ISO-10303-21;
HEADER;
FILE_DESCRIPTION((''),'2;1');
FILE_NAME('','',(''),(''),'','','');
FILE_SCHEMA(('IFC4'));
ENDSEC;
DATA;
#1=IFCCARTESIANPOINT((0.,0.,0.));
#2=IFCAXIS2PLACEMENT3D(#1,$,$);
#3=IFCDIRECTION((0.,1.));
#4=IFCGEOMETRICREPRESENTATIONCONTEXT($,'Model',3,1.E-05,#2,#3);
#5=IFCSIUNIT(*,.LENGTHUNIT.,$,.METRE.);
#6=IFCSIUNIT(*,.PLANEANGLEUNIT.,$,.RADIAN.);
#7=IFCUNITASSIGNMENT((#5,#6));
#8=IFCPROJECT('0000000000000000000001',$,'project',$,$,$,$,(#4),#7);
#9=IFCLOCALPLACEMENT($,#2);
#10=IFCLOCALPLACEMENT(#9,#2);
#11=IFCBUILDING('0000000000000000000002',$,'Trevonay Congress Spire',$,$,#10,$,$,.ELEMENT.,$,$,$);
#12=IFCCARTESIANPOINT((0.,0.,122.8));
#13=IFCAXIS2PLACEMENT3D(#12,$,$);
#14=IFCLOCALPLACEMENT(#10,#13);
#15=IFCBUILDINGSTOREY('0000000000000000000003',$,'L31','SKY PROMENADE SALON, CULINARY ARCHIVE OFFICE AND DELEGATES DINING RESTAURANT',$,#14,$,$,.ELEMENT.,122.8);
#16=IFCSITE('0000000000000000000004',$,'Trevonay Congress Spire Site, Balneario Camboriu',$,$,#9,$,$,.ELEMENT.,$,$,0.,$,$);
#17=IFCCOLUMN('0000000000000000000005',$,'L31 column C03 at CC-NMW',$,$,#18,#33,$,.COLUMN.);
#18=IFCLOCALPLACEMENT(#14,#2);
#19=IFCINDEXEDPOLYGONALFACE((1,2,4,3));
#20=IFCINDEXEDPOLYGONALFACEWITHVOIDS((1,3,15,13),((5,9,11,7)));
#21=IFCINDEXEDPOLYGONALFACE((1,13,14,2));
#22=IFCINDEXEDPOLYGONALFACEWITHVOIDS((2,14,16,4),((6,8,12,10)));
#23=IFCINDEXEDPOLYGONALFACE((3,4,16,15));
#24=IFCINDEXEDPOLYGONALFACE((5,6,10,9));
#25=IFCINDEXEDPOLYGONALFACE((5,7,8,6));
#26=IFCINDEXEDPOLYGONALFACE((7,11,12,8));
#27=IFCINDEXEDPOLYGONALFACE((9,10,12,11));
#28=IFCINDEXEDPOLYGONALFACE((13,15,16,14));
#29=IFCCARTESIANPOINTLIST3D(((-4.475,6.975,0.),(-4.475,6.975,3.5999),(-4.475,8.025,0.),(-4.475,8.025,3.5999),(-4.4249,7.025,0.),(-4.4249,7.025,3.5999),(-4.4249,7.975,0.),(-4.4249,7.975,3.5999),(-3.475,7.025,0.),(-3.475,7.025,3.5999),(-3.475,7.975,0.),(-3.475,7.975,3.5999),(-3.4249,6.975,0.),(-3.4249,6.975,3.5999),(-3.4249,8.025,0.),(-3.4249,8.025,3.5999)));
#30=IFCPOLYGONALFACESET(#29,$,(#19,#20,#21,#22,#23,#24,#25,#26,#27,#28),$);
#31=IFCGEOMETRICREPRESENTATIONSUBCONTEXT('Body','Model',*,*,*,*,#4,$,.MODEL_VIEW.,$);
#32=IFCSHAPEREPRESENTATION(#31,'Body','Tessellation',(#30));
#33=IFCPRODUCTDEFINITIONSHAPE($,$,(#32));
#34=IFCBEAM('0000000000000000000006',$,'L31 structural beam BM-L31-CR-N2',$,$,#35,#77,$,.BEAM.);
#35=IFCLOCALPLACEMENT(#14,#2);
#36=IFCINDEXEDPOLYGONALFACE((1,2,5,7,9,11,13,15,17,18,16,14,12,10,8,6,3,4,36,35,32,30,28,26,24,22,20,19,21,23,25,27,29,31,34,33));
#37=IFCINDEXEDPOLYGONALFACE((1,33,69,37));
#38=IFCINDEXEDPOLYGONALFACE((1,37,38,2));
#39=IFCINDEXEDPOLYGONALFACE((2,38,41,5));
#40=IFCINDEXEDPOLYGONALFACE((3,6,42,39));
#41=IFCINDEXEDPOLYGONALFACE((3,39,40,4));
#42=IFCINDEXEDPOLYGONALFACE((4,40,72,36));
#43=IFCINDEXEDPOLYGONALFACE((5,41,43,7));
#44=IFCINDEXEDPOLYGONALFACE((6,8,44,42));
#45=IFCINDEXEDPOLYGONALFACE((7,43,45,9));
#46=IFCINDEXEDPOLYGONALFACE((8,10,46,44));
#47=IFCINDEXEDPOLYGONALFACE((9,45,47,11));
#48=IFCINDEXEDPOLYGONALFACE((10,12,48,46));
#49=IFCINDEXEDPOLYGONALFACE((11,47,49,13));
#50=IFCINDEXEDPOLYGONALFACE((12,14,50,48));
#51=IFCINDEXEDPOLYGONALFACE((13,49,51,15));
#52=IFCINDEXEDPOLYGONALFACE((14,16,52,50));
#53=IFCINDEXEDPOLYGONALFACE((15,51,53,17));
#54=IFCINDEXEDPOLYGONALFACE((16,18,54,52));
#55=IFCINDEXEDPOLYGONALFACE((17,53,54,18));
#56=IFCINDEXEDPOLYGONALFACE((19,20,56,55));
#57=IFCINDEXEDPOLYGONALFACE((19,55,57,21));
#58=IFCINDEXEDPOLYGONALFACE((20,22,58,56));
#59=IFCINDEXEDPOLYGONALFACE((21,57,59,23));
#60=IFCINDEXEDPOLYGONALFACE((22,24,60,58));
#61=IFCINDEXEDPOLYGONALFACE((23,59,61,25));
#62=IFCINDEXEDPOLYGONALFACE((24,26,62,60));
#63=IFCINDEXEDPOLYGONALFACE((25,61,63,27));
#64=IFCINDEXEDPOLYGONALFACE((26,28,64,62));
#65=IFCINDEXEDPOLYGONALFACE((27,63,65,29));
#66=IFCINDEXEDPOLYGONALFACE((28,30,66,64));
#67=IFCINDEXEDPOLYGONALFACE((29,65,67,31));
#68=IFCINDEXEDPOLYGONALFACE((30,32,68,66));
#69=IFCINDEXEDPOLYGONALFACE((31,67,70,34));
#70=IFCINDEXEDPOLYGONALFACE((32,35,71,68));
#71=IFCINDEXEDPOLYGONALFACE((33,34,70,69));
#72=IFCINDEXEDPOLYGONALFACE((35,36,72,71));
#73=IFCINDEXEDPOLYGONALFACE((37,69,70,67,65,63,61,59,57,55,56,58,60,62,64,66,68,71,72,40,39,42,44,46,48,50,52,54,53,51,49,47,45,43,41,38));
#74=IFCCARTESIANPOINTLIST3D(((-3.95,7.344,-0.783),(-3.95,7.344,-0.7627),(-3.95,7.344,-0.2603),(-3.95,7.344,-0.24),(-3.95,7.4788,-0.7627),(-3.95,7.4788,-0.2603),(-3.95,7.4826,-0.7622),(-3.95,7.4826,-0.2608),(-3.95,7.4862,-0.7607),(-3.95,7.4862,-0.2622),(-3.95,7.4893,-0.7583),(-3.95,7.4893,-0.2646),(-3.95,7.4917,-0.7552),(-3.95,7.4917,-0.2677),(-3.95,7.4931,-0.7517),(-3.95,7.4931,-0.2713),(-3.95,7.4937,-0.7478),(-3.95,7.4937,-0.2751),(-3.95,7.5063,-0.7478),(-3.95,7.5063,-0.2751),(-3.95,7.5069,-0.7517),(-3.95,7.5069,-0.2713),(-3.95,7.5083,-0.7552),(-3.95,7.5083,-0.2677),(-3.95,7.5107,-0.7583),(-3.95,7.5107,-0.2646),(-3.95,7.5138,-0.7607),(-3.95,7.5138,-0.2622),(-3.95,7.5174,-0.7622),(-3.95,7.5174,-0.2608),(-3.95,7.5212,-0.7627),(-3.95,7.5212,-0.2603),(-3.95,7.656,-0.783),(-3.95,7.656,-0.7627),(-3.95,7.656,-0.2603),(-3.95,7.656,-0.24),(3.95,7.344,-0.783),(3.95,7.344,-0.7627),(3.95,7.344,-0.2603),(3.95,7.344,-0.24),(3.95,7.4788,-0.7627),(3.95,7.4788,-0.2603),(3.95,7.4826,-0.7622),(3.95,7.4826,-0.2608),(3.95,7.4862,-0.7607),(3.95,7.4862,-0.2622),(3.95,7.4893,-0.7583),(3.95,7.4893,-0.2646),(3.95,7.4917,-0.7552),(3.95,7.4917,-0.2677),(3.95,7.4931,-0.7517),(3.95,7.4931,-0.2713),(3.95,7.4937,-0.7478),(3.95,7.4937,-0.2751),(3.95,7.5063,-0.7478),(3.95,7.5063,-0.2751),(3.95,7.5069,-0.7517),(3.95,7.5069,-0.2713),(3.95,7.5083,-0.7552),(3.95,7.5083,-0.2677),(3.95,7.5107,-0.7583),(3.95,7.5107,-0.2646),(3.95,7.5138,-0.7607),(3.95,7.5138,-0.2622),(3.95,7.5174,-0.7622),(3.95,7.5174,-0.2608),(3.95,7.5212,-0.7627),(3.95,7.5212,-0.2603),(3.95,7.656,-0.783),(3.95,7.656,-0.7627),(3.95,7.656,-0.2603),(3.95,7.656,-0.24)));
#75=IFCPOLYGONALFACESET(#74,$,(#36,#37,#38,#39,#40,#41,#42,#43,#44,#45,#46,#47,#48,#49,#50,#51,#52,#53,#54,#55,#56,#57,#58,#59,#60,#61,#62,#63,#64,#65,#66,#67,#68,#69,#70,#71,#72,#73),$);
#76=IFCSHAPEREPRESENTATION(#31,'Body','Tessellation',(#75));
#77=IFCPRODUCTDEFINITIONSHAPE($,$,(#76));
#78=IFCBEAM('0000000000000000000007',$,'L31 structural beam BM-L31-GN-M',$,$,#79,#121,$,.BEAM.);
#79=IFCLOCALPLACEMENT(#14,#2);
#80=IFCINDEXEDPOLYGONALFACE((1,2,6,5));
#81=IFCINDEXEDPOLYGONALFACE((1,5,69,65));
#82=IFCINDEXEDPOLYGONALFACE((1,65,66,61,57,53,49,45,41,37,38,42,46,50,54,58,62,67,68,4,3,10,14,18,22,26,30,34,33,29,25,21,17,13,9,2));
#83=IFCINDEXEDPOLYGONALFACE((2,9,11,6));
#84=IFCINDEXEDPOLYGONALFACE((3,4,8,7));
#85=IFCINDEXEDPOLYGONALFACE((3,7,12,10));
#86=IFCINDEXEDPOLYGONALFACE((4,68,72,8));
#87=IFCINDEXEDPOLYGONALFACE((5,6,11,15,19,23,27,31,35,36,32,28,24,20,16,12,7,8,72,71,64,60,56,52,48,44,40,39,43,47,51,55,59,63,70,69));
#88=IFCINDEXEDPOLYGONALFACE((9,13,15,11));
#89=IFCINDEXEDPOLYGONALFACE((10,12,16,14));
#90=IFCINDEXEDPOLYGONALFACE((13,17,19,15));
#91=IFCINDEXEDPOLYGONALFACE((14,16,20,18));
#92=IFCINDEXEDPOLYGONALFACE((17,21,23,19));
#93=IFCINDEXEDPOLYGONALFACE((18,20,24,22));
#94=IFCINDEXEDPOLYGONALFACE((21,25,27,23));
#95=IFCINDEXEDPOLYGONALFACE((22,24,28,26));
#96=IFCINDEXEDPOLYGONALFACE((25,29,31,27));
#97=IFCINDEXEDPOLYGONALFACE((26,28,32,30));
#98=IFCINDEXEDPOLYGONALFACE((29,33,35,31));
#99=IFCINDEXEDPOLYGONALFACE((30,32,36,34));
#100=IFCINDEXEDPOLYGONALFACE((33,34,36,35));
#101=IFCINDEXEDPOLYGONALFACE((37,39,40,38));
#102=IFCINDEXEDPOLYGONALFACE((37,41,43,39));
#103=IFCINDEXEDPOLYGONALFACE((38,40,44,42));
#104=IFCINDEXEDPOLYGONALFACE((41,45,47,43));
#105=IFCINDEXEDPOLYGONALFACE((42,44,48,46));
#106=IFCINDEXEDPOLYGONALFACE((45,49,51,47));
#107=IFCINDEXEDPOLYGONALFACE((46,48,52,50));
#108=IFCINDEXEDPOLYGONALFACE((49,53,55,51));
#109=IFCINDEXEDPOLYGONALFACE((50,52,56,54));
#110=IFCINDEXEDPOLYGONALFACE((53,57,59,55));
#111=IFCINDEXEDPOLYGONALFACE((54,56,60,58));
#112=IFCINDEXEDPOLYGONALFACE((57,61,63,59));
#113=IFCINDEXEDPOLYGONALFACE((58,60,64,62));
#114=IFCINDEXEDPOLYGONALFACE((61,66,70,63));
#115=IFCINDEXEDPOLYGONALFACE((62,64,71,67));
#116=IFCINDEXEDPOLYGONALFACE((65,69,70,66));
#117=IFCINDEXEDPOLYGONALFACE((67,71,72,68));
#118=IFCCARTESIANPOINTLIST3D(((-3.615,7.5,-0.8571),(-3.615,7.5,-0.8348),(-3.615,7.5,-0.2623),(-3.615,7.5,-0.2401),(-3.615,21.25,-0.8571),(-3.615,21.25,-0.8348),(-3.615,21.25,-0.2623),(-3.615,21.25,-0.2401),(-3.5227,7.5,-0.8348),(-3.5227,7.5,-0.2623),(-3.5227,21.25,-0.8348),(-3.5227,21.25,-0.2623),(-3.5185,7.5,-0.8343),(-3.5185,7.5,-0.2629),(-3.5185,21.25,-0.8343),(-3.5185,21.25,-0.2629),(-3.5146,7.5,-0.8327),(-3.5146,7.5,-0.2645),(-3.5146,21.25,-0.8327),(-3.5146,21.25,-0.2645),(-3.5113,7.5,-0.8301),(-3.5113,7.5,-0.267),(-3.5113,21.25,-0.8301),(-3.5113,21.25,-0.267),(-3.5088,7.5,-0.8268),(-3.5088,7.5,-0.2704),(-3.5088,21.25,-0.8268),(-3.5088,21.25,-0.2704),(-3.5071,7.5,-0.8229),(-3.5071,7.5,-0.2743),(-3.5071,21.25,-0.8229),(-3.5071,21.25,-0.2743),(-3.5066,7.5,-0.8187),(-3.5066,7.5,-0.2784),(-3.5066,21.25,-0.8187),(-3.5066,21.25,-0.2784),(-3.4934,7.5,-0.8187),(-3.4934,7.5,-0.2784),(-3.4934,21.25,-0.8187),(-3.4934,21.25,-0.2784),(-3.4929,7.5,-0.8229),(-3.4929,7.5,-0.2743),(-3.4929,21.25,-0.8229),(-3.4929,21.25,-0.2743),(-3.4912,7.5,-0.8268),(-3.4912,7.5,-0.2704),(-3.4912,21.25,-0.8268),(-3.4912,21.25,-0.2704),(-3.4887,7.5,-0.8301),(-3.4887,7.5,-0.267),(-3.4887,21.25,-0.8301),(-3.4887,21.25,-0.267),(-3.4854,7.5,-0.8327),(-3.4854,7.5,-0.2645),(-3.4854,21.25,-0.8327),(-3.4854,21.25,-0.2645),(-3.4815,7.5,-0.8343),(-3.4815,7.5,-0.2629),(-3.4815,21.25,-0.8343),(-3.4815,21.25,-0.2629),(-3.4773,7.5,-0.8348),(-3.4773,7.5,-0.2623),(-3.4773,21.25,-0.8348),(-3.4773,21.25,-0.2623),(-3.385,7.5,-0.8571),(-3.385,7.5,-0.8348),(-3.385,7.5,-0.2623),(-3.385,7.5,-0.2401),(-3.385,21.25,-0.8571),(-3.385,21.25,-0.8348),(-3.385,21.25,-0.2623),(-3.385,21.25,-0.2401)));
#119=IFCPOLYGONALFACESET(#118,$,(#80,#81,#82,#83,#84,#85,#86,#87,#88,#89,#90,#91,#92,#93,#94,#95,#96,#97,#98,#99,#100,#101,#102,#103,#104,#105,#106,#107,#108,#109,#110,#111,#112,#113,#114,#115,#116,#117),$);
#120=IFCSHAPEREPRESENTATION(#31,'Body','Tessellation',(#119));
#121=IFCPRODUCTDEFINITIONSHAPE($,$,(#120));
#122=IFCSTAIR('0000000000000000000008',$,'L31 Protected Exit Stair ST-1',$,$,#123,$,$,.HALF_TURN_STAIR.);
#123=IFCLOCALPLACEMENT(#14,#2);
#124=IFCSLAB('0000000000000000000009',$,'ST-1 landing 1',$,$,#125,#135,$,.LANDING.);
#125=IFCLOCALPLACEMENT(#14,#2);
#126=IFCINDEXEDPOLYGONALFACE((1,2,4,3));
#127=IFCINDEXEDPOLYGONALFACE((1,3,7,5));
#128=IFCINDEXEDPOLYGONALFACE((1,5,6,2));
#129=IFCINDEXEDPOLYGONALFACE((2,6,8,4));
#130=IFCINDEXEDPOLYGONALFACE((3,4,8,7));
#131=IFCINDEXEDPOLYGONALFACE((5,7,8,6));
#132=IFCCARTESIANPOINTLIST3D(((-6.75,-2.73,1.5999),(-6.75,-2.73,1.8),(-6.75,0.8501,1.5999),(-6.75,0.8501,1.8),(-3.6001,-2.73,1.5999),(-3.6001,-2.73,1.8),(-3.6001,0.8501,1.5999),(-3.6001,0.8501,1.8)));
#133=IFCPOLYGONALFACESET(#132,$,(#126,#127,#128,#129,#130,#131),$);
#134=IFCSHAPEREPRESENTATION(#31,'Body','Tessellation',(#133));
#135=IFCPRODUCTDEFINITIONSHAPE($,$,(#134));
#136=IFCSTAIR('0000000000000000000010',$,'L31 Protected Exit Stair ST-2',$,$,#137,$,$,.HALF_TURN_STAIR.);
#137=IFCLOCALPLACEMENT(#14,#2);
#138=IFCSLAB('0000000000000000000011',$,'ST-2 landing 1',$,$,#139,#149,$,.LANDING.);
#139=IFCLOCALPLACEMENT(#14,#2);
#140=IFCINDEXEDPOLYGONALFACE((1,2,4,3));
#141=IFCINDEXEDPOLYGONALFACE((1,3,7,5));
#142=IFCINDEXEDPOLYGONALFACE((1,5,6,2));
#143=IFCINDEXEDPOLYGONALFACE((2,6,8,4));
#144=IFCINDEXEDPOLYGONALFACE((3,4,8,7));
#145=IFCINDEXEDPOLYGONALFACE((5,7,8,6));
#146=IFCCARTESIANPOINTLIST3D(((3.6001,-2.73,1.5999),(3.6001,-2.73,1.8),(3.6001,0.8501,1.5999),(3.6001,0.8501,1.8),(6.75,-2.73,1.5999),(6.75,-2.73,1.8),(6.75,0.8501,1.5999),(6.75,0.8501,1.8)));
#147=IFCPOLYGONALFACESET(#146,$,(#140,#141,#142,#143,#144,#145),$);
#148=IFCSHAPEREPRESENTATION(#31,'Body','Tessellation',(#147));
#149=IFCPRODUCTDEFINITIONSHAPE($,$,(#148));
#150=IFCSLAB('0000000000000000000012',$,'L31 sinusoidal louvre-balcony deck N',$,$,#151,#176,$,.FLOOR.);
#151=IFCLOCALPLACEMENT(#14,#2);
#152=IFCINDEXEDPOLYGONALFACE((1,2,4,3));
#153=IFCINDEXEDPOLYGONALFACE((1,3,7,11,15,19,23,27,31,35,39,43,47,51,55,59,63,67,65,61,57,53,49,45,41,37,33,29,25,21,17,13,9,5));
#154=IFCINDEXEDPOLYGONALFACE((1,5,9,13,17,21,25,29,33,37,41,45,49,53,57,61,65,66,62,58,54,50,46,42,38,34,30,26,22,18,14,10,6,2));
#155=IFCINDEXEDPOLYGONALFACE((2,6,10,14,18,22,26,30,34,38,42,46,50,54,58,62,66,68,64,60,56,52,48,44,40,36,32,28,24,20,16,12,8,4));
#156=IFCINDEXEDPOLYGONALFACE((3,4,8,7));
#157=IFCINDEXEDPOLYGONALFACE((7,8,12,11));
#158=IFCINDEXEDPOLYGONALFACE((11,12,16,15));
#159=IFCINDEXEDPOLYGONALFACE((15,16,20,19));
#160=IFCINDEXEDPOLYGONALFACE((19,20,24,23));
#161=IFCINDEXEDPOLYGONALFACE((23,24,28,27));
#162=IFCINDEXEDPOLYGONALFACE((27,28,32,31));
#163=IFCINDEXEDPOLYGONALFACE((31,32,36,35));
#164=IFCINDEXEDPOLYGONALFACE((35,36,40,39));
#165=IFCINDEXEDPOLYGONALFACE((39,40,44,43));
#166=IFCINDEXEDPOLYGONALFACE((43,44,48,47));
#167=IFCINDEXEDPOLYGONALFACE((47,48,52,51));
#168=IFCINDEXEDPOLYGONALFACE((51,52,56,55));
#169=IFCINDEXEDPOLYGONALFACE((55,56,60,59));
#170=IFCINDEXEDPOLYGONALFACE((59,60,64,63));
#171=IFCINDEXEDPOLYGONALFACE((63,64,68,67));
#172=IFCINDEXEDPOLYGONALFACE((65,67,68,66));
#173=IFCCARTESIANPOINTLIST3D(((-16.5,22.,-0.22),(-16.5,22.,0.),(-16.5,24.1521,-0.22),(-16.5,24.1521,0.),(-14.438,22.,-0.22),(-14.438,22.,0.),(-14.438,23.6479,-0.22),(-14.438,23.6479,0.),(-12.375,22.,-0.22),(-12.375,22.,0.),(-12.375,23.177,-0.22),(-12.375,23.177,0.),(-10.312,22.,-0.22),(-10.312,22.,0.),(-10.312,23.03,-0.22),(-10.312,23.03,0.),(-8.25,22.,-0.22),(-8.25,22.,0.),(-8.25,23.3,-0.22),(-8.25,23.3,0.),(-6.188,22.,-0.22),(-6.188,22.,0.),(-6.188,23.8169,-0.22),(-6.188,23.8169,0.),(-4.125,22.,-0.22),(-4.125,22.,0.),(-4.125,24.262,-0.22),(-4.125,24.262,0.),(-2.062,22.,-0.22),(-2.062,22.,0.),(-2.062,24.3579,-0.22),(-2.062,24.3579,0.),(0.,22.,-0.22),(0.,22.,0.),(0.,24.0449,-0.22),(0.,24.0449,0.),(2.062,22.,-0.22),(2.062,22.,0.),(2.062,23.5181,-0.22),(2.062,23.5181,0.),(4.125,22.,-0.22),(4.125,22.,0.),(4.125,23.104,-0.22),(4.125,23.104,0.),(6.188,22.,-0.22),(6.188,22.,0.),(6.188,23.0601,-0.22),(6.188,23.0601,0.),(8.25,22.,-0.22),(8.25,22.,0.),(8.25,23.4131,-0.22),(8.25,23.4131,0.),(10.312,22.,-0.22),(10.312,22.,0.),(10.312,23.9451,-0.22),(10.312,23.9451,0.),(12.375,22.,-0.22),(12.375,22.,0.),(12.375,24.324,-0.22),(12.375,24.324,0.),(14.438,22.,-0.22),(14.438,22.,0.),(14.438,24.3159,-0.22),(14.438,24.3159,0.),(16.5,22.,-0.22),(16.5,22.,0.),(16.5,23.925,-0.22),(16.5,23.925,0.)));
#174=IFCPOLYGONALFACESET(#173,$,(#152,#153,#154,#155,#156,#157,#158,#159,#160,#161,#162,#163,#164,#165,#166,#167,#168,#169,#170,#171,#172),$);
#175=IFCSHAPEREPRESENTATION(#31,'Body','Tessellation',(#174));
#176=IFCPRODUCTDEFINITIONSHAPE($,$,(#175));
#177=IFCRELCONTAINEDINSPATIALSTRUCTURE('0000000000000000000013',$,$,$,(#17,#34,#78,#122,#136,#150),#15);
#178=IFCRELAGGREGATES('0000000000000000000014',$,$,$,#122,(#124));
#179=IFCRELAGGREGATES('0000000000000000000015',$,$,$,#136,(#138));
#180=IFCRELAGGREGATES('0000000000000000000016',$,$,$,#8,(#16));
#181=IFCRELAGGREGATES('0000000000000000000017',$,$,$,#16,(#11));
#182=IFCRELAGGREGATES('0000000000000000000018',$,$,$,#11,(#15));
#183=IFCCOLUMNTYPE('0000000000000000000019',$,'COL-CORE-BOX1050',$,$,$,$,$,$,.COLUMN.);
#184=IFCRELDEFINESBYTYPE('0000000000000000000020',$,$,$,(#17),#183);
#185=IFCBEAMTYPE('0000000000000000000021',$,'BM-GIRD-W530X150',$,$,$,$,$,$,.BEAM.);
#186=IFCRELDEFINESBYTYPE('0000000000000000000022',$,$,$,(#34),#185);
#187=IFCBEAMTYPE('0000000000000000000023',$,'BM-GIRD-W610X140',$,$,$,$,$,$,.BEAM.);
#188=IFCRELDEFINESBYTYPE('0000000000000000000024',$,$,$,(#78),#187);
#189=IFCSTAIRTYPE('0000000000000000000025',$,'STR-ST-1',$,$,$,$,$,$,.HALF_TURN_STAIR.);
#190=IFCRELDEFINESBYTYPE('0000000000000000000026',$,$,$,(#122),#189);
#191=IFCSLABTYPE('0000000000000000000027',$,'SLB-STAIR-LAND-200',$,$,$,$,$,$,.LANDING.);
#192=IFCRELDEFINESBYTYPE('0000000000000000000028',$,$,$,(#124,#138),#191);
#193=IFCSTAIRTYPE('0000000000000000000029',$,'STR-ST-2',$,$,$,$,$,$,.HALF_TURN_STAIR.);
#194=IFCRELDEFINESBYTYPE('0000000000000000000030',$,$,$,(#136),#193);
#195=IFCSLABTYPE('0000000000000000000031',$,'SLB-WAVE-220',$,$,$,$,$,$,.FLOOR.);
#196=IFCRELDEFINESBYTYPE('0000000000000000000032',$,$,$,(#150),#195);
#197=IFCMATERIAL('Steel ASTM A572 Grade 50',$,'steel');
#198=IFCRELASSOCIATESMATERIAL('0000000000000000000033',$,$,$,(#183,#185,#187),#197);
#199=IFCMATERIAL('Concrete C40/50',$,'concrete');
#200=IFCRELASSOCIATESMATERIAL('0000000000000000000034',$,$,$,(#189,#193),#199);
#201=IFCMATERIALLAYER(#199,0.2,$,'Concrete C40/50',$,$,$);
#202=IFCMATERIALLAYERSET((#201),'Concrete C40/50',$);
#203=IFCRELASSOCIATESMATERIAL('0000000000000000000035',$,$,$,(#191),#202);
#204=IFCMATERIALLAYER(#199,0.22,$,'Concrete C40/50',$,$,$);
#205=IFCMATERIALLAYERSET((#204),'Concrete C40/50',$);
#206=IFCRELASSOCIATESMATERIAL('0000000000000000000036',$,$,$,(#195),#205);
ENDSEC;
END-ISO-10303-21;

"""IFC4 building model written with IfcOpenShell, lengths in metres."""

from ifc_helpers import new_model, si_unit, direction, frame, origin, origin_2d, place, context, subcontext, project, spatial, polyline, hollow_rectangle, i_section, outline, extrude, material, layer, layer_set, material_profile, profile_set, type_object, element, aggregate, save


model = new_model("IFC4")

# Units and contexts
model_context = context("Model", 3, precision=1e-05, world=origin(), true_north=direction((0.0, 1.0)))
body_context = subcontext(model_context, "Body", "Model", "MODEL_VIEW")
ifc_project = project(units=[si_unit("LENGTHUNIT", "METRE"), si_unit("PLANEANGLEUNIT", "RADIAN")], contexts=[model_context])

# Site, building, storey
site_placement = place(None, origin())
site = spatial("IfcSite", under=ifc_project, at=site_placement, Name="Trevonay Congress Spire Site, Balneario Camboriu", CompositionType="ELEMENT", RefElevation=0.0)
building_placement = place(site_placement, origin())
building = spatial("IfcBuilding", under=site, at=building_placement, Name="Trevonay Congress Spire", CompositionType="ELEMENT")
storey_placement = place(building_placement, frame((0.0, 0.0, 122.8)))
storey = spatial("IfcBuildingStorey", under=building, at=storey_placement, Name="L31", Description="SKY PROMENADE SALON, CULINARY ARCHIVE OFFICE AND DELEGATES DINING RESTAURANT", CompositionType="ELEMENT", Elevation=122.8)

# Column
ifc_material_1 = material(Name="Steel ASTM A572 Grade 50", Category="steel")
ifc_material_profile_1 = material_profile(ifc_material_1, hollow_rectangle(XDim=1.05, YDim=1.05, WallThickness=0.05, at=origin_2d()), Name="BOX 1050x1050x50")
ifc_profile_set_1 = profile_set([ifc_material_profile_1], Name="Steel ASTM A572 Grade 50")
column_type = type_object("IfcColumnType", Name="COL-CORE-BOX1050", PredefinedType="COLUMN", material=ifc_profile_set_1)
column_placement = place(storey_placement, frame((-3.95, 7.5, 0.0), z_axis=(0.0, 0.0, 1.0), x_axis=(1.0, 0.0, 0.0)))
element("IfcColumn", 1, at=column_placement, inside=storey, type_object=column_type, Name="L31 column C03 at CC-NMW", PredefinedType="COLUMN", context=body_context, shape_type="SweptSolid", body=[
    extrude(hollow_rectangle(XDim=1.05, YDim=1.05, WallThickness=0.05, at=origin_2d()), origin(), (0.0, 0.0, 1.0), 3.5999),
])

# Beams
ifc_material_profile_2 = material_profile(ifc_material_1, i_section(OverallWidth=0.312, OverallDepth=0.543, WebThickness=0.0127, FlangeThickness=0.0203, FilletRadius=0.0149, at=origin_2d()), Name="W530x150")
ifc_profile_set_2 = profile_set([ifc_material_profile_2], Name="Steel ASTM A572 Grade 50")
beam_type_1 = type_object("IfcBeamType", Name="BM-GIRD-W530X150", PredefinedType="BEAM", material=ifc_profile_set_2)
beam_1_placement = place(storey_placement, frame((-3.95, 7.5, -0.5115), z_axis=(1.0, 0.0, 0.0), x_axis=(0.0, 1.0, 0.0)))
element("IfcBeam", 2, at=beam_1_placement, inside=storey, type_object=beam_type_1, Name="L31 structural beam BM-L31-CR-N2", PredefinedType="BEAM", context=body_context, shape_type="SweptSolid", body=[
    extrude(i_section(OverallWidth=0.312, OverallDepth=0.543, WebThickness=0.0127, FlangeThickness=0.0203, FilletRadius=0.0149, at=origin_2d()), origin(), (0.0, 0.0, 1.0), 7.8999),
])
ifc_material_profile_3 = material_profile(ifc_material_1, i_section(OverallWidth=0.23, OverallDepth=0.6169, WebThickness=0.0132, FlangeThickness=0.0222, FilletRadius=0.0161, at=origin_2d()), Name="W610x140")
ifc_profile_set_3 = profile_set([ifc_material_profile_3], Name="Steel ASTM A572 Grade 50")
beam_type_2 = type_object("IfcBeamType", Name="BM-GIRD-W610X140", PredefinedType="BEAM", material=ifc_profile_set_3)
beam_2_placement = place(storey_placement, frame((-3.5, 7.5, -0.5486), z_axis=(0.0, 1.0, 0.0), x_axis=(-1.0, 0.0, 0.0)))
element("IfcBeam", 3, at=beam_2_placement, inside=storey, type_object=beam_type_2, Name="L31 structural beam BM-L31-GN-M", PredefinedType="BEAM", context=body_context, shape_type="SweptSolid", body=[
    extrude(i_section(OverallWidth=0.23, OverallDepth=0.6169, WebThickness=0.0132, FlangeThickness=0.0222, FilletRadius=0.0161, at=origin_2d()), origin(), (0.0, 0.0, 1.0), 13.75),
])

# Stairs, slabs
ifc_material_2 = material(Name="Concrete C40/50", Category="concrete")
stair_type_1 = type_object("IfcStairType", Name="STR-ST-1", PredefinedType="HALF_TURN_STAIR", material=ifc_material_2)
stair_1_placement = place(storey_placement, origin())
stair_1 = element("IfcStair", 4, at=stair_1_placement, inside=storey, type_object=stair_type_1, Name="L31 Protected Exit Stair ST-1", PredefinedType="HALF_TURN_STAIR")
ifc_layer_1 = layer(ifc_material_2, 0.2, Name="Concrete C40/50")
ifc_layer_set_1 = layer_set([ifc_layer_1], Name="Concrete C40/50")
slab_type_1 = type_object("IfcSlabType", Name="SLB-STAIR-LAND-200", PredefinedType="LANDING", material=ifc_layer_set_1)
slab_1_placement = place(storey_placement, frame((0.0, 0.0, 1.5999)))
slab_1 = element("IfcSlab", 5, at=slab_1_placement, type_object=slab_type_1, Name="ST-1 landing 1", PredefinedType="LANDING", context=body_context, shape_type="SweptSolid", body=[
    extrude(outline(polyline([(-3.6001, -2.73), (-3.6001, 0.8501), (-6.75, 0.8501), (-6.75, -2.73), (-3.6001, -2.73)])), origin(), (0.0, 0.0, 1.0), 0.2002),
])
aggregate(stair_1, [slab_1])
stair_type_2 = type_object("IfcStairType", Name="STR-ST-2", PredefinedType="HALF_TURN_STAIR", material=ifc_material_2)
stair_2_placement = place(storey_placement, origin())
stair_2 = element("IfcStair", 6, at=stair_2_placement, inside=storey, type_object=stair_type_2, Name="L31 Protected Exit Stair ST-2", PredefinedType="HALF_TURN_STAIR")
slab_2_placement = place(storey_placement, frame((0.0, 0.0, 1.5999)))
slab_2 = element("IfcSlab", 7, at=slab_2_placement, type_object=slab_type_1, Name="ST-2 landing 1", PredefinedType="LANDING", context=body_context, shape_type="SweptSolid", body=[
    extrude(outline(polyline([(6.75, -2.73), (6.75, 0.8501), (3.6001, 0.8501), (3.6001, -2.73), (6.75, -2.73)])), origin(), (0.0, 0.0, 1.0), 0.2002),
])
aggregate(stair_2, [slab_2])

# Slab
ifc_layer_2 = layer(ifc_material_2, 0.22, Name="Concrete C40/50")
ifc_layer_set_2 = layer_set([ifc_layer_2], Name="Concrete C40/50")
slab_type_2 = type_object("IfcSlabType", Name="SLB-WAVE-220", PredefinedType="FLOOR", material=ifc_layer_set_2)
slab_3_placement = place(storey_placement, frame((0.0, 0.0, -0.22)))
element("IfcSlab", 8, at=slab_3_placement, inside=storey, type_object=slab_type_2, Name="L31 sinusoidal louvre-balcony deck N", PredefinedType="FLOOR", context=body_context, shape_type="SweptSolid", body=[
    extrude(outline(polyline([(-16.5, 22.0), (-14.438, 22.0), (-12.375, 22.0), (-10.312, 22.0), (-8.25, 22.0), (-6.188, 22.0), (-4.125, 22.0), (-2.062, 22.0), (0.0, 22.0), (2.062, 22.0), (4.125, 22.0), (6.188, 22.0), (8.25, 22.0), (10.312, 22.0), (12.375, 22.0), (14.438, 22.0), (16.5, 22.0), (16.5, 23.925), (14.438, 24.3159), (12.375, 24.324), (10.312, 23.9451), (8.25, 23.4131), (6.188, 23.0601), (4.125, 23.104), (2.062, 23.5181), (0.0, 24.0449), (-2.062, 24.3579), (-4.125, 24.262), (-6.188, 23.8169), (-8.25, 23.3), (-10.312, 23.03), (-12.375, 23.177), (-14.438, 23.6479), (-16.5, 24.1521), (-16.5, 22.0)])), origin(), (0.0, 0.0, 1.0), 0.22),
])

save(model, "model.ifc")
